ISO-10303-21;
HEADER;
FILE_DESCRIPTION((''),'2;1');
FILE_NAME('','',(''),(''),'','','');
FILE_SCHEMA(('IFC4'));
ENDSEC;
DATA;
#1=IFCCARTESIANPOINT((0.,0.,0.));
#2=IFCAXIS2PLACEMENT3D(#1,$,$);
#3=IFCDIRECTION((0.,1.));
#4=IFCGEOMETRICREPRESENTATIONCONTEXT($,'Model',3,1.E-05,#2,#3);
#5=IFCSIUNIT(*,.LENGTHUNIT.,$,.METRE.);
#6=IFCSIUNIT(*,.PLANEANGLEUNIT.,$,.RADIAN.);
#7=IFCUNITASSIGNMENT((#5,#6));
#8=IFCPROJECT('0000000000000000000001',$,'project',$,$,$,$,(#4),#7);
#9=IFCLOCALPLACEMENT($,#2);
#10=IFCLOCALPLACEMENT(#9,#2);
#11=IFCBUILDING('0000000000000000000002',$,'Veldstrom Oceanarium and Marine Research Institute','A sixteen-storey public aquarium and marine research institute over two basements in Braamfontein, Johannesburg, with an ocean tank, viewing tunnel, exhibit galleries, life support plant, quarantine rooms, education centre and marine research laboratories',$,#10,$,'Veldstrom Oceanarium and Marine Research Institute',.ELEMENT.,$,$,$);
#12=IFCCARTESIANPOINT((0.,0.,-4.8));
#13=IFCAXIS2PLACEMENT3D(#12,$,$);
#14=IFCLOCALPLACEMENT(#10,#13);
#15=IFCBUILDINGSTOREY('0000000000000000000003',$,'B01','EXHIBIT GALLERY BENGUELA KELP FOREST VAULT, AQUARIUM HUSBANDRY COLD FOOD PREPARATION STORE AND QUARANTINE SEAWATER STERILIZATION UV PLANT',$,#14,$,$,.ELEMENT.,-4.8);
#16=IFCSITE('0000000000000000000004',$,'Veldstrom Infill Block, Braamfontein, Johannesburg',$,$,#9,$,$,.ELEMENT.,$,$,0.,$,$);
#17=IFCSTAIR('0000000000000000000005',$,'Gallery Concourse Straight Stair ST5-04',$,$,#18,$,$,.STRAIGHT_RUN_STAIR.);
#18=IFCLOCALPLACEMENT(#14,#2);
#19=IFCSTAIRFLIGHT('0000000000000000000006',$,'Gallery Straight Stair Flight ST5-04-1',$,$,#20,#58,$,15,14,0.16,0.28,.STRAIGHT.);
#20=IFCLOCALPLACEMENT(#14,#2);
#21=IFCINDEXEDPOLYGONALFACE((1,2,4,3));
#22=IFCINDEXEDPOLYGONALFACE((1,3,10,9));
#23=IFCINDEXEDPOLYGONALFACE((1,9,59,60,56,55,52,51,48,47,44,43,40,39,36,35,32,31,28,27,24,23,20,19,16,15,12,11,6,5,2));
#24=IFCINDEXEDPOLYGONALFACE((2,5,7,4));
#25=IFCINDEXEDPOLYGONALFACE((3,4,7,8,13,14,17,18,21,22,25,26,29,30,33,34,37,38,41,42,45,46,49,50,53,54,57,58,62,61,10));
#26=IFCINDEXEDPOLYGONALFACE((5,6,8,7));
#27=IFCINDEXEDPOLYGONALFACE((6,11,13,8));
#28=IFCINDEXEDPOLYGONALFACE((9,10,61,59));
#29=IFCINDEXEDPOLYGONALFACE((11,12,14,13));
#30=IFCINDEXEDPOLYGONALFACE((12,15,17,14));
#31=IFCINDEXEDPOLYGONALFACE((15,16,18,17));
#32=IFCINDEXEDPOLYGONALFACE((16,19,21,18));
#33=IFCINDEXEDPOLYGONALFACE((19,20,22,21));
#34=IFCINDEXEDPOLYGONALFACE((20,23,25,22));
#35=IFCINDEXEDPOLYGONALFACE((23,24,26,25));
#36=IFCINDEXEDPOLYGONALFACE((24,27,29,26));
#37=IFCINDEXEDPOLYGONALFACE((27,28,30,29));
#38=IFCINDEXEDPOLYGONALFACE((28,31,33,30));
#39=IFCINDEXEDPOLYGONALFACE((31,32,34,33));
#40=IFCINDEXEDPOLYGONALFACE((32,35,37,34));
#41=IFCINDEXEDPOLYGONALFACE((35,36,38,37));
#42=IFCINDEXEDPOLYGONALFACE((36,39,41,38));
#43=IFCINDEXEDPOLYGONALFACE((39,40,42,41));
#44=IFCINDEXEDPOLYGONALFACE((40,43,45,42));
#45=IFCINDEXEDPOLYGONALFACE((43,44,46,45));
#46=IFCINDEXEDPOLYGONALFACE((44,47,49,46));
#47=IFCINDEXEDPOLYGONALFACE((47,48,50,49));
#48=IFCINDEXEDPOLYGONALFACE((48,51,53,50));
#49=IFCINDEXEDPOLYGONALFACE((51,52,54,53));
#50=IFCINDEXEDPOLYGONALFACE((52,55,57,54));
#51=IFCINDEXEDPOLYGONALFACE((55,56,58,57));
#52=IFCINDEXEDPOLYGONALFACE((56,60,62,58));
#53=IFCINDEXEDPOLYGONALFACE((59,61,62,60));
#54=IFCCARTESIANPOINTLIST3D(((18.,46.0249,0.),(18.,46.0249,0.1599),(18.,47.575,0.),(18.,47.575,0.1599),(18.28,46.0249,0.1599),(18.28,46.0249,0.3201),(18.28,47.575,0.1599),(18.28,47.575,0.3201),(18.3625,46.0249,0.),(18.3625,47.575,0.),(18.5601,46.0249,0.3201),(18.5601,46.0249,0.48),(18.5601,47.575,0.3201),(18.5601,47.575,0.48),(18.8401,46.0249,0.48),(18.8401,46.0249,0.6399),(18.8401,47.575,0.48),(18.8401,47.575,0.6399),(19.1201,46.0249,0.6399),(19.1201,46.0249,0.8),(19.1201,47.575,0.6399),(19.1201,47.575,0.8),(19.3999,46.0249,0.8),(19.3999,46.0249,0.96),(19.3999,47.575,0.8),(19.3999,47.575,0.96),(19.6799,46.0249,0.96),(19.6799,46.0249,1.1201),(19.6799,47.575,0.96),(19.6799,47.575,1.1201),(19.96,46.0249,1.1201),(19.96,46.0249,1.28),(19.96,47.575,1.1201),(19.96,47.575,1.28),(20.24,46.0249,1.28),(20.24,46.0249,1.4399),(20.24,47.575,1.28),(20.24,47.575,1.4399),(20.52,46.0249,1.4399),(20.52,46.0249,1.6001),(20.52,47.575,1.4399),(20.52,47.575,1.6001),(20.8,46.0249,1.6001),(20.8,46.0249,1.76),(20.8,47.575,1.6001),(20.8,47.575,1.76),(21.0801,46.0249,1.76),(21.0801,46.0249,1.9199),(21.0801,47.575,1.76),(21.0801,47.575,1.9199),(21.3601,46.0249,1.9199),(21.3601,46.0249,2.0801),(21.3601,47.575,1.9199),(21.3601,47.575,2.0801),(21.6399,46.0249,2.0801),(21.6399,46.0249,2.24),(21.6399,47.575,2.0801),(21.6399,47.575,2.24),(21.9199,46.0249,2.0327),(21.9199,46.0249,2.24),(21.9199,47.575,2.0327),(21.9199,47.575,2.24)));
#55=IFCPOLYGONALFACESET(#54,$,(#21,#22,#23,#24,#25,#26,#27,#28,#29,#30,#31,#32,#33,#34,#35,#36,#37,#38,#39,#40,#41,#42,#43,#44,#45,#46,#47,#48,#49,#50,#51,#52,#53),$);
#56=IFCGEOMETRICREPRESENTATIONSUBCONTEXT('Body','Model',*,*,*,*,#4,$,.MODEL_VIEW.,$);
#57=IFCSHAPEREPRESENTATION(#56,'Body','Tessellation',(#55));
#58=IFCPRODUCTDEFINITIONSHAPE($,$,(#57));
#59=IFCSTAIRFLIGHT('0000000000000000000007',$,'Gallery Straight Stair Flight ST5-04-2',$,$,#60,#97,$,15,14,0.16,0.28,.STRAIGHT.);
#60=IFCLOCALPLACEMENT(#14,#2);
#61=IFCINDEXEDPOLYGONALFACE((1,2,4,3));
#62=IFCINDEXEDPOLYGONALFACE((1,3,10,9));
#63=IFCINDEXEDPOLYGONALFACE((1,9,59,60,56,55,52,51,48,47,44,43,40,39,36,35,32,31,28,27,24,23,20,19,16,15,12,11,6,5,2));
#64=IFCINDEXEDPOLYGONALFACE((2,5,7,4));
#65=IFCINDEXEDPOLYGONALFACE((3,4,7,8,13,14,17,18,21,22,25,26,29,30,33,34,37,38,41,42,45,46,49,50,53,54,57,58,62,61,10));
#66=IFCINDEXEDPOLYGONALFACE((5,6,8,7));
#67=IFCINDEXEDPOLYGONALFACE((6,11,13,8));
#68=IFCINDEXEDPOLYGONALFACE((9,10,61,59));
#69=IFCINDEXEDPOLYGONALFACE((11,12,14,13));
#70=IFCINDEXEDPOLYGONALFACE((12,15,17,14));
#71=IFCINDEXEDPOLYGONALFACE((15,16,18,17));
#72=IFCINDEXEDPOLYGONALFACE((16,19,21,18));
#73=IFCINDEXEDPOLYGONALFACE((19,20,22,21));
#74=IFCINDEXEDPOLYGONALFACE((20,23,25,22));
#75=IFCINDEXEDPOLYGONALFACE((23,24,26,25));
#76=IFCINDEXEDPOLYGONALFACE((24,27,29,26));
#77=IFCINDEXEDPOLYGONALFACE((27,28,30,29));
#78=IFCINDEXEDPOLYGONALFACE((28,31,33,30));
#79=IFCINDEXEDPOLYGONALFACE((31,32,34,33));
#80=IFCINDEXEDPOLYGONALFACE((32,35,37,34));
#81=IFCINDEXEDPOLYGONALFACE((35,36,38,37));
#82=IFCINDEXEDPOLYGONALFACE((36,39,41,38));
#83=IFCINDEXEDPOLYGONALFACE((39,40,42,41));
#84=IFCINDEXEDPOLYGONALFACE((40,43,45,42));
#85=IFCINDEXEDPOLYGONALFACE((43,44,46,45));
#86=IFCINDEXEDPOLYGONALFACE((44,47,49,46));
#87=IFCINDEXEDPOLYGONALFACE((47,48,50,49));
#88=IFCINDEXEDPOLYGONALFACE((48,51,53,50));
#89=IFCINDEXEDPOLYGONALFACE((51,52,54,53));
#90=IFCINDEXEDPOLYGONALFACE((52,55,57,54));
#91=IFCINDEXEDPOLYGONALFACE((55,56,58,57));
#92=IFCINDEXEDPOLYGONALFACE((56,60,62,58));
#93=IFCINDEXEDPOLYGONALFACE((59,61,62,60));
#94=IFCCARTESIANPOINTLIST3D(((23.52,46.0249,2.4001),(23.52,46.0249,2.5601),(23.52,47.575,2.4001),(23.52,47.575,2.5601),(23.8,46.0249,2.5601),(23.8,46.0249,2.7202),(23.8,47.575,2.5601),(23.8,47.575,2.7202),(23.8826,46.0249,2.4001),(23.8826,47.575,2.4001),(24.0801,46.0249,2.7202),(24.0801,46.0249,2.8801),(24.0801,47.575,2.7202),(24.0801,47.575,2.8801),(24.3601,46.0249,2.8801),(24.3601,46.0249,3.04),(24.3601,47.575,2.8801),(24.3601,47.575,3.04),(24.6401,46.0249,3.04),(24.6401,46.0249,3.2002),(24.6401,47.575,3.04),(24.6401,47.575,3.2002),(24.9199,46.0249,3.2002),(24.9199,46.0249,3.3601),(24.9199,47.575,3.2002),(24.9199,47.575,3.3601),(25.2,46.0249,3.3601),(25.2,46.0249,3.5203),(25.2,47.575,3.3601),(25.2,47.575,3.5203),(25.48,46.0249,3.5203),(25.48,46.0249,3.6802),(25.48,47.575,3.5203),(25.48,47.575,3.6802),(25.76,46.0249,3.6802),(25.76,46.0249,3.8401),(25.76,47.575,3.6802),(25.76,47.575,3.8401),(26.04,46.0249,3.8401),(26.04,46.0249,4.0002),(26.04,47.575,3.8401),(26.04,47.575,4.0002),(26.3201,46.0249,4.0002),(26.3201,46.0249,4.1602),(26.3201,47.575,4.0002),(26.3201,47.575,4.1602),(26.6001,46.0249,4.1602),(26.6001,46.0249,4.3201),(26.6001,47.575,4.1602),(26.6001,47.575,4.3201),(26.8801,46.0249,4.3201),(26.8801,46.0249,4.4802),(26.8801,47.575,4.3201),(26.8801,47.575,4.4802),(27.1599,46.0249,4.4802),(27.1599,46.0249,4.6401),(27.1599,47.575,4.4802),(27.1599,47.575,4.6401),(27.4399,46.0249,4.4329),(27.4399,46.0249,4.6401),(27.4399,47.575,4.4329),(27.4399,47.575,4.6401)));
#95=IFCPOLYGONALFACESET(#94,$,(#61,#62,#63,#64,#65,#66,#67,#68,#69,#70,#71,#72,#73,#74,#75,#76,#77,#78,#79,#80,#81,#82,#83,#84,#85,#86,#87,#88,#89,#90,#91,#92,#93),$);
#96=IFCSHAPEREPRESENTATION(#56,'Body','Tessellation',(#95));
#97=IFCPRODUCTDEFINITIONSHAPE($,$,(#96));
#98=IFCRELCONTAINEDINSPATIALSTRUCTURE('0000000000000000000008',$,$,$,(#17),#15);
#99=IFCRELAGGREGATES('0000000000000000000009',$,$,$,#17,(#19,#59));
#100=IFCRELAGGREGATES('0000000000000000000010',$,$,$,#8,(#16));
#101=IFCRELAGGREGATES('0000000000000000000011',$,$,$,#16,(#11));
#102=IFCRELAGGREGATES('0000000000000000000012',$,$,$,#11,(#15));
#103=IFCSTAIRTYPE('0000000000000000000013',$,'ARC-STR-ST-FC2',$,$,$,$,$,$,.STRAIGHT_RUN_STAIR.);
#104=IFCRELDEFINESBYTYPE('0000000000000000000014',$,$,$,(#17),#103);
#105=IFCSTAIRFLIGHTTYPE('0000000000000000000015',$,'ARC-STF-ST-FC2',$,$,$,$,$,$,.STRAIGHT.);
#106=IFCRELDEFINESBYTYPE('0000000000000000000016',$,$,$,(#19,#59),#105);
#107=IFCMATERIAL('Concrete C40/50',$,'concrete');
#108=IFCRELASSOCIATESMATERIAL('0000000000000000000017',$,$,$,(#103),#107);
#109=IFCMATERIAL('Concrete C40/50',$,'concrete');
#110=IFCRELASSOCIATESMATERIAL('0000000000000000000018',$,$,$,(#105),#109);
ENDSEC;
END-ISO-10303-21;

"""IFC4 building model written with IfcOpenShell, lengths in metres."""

from ifc_helpers import new_model, si_unit, direction, frame, origin, place, context, subcontext, project, spatial, polyline, outline, extrude, material, type_object, element, aggregate, save


model = new_model("IFC4")

# Units and contexts
model_context = context("Model", 3, precision=1e-05, world=origin(), true_north=direction((0.0, 1.0)))
body_context = subcontext(model_context, "Body", "Model", "MODEL_VIEW")
ifc_project = project(units=[si_unit("LENGTHUNIT", "METRE"), si_unit("PLANEANGLEUNIT", "RADIAN")], contexts=[model_context])

# Site, building, storey
site_placement = place(None, origin())
site = spatial("IfcSite", under=ifc_project, at=site_placement, Name="Veldstrom Infill Block, Braamfontein, Johannesburg", CompositionType="ELEMENT", RefElevation=0.0)
building_placement = place(site_placement, origin())
building = spatial("IfcBuilding", under=site, at=building_placement, Name="Veldstrom Oceanarium and Marine Research Institute", Description="A sixteen-storey public aquarium and marine research institute over two basements in Braamfontein, Johannesburg, with an ocean tank, viewing tunnel, exhibit galleries, life support plant, quarantine rooms, education centre and marine research laboratories", LongName="Veldstrom Oceanarium and Marine Research Institute", CompositionType="ELEMENT")
storey_placement = place(building_placement, frame((0.0, 0.0, -4.8)))
storey = spatial("IfcBuildingStorey", under=building, at=storey_placement, Name="B01", Description="EXHIBIT GALLERY BENGUELA KELP FOREST VAULT, AQUARIUM HUSBANDRY COLD FOOD PREPARATION STORE AND QUARANTINE SEAWATER STERILIZATION UV PLANT", CompositionType="ELEMENT", Elevation=-4.8)

# Stair, stair flights
ifc_material_1 = material(Name="Concrete C40/50", Category="concrete")
stair_type = type_object("IfcStairType", Name="ARC-STR-ST-FC2", PredefinedType="STRAIGHT_RUN_STAIR", material=ifc_material_1)
stair_placement = place(storey_placement, origin())
stair = element("IfcStair", 1, at=stair_placement, inside=storey, type_object=stair_type, Name="Gallery Concourse Straight Stair ST5-04", PredefinedType="STRAIGHT_RUN_STAIR")
ifc_material_2 = material(Name="Concrete C40/50", Category="concrete")
stair_flight_type = type_object("IfcStairFlightType", Name="ARC-STF-ST-FC2", PredefinedType="STRAIGHT", material=ifc_material_2)
stair_flight_1_placement = place(storey_placement, frame((18.0, 46.8, 0.0), z_axis=(0.0, 0.0, 1.0), x_axis=(1.0, 0.0, 0.0)))
stair_flight_1 = element("IfcStairFlight", 2, at=stair_flight_1_placement, type_object=stair_flight_type, Name="Gallery Straight Stair Flight ST5-04-1", NumberOfRisers=15, NumberOfTreads=14, PredefinedType="STRAIGHT", RiserHeight=0.16, TreadLength=0.28, context=body_context, shape_type="SweptSolid", body=[
    extrude(outline(polyline([(0.0, 0.0), (0.0, 0.1599), (0.28, 0.1599), (0.28, 0.3201), (0.5601, 0.3201), (0.5601, 0.48), (0.8401, 0.48), (0.8401, 0.6399), (1.1201, 0.6399), (1.1201, 0.8), (1.3999, 0.8), (1.3999, 0.96), (1.6799, 0.96), (1.6799, 1.1201), (1.96, 1.1201), (1.96, 1.28), (2.24, 1.28), (2.24, 1.4399), (2.52, 1.4399), (2.52, 1.6001), (2.8, 1.6001), (2.8, 1.76), (3.0801, 1.76), (3.0801, 1.9199), (3.3601, 1.9199), (3.3601, 2.0801), (3.6399, 2.0801), (3.6399, 2.24), (3.9199, 2.24), (3.9199, 2.3999), (3.9199, 2.0327), (0.3625, 0.0), (0.0, 0.0)])), frame((0.0, 0.7749, 0.0), z_axis=(0.0, -1.0, 0.0), x_axis=(1.0, 0.0, 0.0)), (0.0, 0.0, 1.0), 1.55),
])
stair_flight_2_placement = place(storey_placement, frame((23.52, 46.8, 2.4001), z_axis=(0.0, 0.0, 1.0), x_axis=(1.0, 0.0, 0.0)))
stair_flight_2 = element("IfcStairFlight", 3, at=stair_flight_2_placement, type_object=stair_flight_type, Name="Gallery Straight Stair Flight ST5-04-2", NumberOfRisers=15, NumberOfTreads=14, PredefinedType="STRAIGHT", RiserHeight=0.16, TreadLength=0.28, context=body_context, shape_type="SweptSolid", body=[
    extrude(outline(polyline([(0.0, 0.0), (0.0, 0.1599), (0.28, 0.1599), (0.28, 0.3201), (0.5601, 0.3201), (0.5601, 0.48), (0.8401, 0.48), (0.8401, 0.6399), (1.1201, 0.6399), (1.1201, 0.8), (1.3999, 0.8), (1.3999, 0.96), (1.6799, 0.96), (1.6799, 1.1201), (1.96, 1.1201), (1.96, 1.28), (2.24, 1.28), (2.24, 1.4399), (2.52, 1.4399), (2.52, 1.6001), (2.8, 1.6001), (2.8, 1.76), (3.0801, 1.76), (3.0801, 1.9199), (3.3601, 1.9199), (3.3601, 2.0801), (3.6399, 2.0801), (3.6399, 2.24), (3.9199, 2.24), (3.9199, 2.3999), (3.9199, 2.0327), (0.3625, 0.0), (0.0, 0.0)])), frame((0.0, 0.7749, 0.0), z_axis=(0.0, -1.0, 0.0), x_axis=(1.0, 0.0, 0.0)), (0.0, 0.0, 1.0), 1.55),
])
aggregate(stair, [stair_flight_1, stair_flight_2])

save(model, "model.ifc")
